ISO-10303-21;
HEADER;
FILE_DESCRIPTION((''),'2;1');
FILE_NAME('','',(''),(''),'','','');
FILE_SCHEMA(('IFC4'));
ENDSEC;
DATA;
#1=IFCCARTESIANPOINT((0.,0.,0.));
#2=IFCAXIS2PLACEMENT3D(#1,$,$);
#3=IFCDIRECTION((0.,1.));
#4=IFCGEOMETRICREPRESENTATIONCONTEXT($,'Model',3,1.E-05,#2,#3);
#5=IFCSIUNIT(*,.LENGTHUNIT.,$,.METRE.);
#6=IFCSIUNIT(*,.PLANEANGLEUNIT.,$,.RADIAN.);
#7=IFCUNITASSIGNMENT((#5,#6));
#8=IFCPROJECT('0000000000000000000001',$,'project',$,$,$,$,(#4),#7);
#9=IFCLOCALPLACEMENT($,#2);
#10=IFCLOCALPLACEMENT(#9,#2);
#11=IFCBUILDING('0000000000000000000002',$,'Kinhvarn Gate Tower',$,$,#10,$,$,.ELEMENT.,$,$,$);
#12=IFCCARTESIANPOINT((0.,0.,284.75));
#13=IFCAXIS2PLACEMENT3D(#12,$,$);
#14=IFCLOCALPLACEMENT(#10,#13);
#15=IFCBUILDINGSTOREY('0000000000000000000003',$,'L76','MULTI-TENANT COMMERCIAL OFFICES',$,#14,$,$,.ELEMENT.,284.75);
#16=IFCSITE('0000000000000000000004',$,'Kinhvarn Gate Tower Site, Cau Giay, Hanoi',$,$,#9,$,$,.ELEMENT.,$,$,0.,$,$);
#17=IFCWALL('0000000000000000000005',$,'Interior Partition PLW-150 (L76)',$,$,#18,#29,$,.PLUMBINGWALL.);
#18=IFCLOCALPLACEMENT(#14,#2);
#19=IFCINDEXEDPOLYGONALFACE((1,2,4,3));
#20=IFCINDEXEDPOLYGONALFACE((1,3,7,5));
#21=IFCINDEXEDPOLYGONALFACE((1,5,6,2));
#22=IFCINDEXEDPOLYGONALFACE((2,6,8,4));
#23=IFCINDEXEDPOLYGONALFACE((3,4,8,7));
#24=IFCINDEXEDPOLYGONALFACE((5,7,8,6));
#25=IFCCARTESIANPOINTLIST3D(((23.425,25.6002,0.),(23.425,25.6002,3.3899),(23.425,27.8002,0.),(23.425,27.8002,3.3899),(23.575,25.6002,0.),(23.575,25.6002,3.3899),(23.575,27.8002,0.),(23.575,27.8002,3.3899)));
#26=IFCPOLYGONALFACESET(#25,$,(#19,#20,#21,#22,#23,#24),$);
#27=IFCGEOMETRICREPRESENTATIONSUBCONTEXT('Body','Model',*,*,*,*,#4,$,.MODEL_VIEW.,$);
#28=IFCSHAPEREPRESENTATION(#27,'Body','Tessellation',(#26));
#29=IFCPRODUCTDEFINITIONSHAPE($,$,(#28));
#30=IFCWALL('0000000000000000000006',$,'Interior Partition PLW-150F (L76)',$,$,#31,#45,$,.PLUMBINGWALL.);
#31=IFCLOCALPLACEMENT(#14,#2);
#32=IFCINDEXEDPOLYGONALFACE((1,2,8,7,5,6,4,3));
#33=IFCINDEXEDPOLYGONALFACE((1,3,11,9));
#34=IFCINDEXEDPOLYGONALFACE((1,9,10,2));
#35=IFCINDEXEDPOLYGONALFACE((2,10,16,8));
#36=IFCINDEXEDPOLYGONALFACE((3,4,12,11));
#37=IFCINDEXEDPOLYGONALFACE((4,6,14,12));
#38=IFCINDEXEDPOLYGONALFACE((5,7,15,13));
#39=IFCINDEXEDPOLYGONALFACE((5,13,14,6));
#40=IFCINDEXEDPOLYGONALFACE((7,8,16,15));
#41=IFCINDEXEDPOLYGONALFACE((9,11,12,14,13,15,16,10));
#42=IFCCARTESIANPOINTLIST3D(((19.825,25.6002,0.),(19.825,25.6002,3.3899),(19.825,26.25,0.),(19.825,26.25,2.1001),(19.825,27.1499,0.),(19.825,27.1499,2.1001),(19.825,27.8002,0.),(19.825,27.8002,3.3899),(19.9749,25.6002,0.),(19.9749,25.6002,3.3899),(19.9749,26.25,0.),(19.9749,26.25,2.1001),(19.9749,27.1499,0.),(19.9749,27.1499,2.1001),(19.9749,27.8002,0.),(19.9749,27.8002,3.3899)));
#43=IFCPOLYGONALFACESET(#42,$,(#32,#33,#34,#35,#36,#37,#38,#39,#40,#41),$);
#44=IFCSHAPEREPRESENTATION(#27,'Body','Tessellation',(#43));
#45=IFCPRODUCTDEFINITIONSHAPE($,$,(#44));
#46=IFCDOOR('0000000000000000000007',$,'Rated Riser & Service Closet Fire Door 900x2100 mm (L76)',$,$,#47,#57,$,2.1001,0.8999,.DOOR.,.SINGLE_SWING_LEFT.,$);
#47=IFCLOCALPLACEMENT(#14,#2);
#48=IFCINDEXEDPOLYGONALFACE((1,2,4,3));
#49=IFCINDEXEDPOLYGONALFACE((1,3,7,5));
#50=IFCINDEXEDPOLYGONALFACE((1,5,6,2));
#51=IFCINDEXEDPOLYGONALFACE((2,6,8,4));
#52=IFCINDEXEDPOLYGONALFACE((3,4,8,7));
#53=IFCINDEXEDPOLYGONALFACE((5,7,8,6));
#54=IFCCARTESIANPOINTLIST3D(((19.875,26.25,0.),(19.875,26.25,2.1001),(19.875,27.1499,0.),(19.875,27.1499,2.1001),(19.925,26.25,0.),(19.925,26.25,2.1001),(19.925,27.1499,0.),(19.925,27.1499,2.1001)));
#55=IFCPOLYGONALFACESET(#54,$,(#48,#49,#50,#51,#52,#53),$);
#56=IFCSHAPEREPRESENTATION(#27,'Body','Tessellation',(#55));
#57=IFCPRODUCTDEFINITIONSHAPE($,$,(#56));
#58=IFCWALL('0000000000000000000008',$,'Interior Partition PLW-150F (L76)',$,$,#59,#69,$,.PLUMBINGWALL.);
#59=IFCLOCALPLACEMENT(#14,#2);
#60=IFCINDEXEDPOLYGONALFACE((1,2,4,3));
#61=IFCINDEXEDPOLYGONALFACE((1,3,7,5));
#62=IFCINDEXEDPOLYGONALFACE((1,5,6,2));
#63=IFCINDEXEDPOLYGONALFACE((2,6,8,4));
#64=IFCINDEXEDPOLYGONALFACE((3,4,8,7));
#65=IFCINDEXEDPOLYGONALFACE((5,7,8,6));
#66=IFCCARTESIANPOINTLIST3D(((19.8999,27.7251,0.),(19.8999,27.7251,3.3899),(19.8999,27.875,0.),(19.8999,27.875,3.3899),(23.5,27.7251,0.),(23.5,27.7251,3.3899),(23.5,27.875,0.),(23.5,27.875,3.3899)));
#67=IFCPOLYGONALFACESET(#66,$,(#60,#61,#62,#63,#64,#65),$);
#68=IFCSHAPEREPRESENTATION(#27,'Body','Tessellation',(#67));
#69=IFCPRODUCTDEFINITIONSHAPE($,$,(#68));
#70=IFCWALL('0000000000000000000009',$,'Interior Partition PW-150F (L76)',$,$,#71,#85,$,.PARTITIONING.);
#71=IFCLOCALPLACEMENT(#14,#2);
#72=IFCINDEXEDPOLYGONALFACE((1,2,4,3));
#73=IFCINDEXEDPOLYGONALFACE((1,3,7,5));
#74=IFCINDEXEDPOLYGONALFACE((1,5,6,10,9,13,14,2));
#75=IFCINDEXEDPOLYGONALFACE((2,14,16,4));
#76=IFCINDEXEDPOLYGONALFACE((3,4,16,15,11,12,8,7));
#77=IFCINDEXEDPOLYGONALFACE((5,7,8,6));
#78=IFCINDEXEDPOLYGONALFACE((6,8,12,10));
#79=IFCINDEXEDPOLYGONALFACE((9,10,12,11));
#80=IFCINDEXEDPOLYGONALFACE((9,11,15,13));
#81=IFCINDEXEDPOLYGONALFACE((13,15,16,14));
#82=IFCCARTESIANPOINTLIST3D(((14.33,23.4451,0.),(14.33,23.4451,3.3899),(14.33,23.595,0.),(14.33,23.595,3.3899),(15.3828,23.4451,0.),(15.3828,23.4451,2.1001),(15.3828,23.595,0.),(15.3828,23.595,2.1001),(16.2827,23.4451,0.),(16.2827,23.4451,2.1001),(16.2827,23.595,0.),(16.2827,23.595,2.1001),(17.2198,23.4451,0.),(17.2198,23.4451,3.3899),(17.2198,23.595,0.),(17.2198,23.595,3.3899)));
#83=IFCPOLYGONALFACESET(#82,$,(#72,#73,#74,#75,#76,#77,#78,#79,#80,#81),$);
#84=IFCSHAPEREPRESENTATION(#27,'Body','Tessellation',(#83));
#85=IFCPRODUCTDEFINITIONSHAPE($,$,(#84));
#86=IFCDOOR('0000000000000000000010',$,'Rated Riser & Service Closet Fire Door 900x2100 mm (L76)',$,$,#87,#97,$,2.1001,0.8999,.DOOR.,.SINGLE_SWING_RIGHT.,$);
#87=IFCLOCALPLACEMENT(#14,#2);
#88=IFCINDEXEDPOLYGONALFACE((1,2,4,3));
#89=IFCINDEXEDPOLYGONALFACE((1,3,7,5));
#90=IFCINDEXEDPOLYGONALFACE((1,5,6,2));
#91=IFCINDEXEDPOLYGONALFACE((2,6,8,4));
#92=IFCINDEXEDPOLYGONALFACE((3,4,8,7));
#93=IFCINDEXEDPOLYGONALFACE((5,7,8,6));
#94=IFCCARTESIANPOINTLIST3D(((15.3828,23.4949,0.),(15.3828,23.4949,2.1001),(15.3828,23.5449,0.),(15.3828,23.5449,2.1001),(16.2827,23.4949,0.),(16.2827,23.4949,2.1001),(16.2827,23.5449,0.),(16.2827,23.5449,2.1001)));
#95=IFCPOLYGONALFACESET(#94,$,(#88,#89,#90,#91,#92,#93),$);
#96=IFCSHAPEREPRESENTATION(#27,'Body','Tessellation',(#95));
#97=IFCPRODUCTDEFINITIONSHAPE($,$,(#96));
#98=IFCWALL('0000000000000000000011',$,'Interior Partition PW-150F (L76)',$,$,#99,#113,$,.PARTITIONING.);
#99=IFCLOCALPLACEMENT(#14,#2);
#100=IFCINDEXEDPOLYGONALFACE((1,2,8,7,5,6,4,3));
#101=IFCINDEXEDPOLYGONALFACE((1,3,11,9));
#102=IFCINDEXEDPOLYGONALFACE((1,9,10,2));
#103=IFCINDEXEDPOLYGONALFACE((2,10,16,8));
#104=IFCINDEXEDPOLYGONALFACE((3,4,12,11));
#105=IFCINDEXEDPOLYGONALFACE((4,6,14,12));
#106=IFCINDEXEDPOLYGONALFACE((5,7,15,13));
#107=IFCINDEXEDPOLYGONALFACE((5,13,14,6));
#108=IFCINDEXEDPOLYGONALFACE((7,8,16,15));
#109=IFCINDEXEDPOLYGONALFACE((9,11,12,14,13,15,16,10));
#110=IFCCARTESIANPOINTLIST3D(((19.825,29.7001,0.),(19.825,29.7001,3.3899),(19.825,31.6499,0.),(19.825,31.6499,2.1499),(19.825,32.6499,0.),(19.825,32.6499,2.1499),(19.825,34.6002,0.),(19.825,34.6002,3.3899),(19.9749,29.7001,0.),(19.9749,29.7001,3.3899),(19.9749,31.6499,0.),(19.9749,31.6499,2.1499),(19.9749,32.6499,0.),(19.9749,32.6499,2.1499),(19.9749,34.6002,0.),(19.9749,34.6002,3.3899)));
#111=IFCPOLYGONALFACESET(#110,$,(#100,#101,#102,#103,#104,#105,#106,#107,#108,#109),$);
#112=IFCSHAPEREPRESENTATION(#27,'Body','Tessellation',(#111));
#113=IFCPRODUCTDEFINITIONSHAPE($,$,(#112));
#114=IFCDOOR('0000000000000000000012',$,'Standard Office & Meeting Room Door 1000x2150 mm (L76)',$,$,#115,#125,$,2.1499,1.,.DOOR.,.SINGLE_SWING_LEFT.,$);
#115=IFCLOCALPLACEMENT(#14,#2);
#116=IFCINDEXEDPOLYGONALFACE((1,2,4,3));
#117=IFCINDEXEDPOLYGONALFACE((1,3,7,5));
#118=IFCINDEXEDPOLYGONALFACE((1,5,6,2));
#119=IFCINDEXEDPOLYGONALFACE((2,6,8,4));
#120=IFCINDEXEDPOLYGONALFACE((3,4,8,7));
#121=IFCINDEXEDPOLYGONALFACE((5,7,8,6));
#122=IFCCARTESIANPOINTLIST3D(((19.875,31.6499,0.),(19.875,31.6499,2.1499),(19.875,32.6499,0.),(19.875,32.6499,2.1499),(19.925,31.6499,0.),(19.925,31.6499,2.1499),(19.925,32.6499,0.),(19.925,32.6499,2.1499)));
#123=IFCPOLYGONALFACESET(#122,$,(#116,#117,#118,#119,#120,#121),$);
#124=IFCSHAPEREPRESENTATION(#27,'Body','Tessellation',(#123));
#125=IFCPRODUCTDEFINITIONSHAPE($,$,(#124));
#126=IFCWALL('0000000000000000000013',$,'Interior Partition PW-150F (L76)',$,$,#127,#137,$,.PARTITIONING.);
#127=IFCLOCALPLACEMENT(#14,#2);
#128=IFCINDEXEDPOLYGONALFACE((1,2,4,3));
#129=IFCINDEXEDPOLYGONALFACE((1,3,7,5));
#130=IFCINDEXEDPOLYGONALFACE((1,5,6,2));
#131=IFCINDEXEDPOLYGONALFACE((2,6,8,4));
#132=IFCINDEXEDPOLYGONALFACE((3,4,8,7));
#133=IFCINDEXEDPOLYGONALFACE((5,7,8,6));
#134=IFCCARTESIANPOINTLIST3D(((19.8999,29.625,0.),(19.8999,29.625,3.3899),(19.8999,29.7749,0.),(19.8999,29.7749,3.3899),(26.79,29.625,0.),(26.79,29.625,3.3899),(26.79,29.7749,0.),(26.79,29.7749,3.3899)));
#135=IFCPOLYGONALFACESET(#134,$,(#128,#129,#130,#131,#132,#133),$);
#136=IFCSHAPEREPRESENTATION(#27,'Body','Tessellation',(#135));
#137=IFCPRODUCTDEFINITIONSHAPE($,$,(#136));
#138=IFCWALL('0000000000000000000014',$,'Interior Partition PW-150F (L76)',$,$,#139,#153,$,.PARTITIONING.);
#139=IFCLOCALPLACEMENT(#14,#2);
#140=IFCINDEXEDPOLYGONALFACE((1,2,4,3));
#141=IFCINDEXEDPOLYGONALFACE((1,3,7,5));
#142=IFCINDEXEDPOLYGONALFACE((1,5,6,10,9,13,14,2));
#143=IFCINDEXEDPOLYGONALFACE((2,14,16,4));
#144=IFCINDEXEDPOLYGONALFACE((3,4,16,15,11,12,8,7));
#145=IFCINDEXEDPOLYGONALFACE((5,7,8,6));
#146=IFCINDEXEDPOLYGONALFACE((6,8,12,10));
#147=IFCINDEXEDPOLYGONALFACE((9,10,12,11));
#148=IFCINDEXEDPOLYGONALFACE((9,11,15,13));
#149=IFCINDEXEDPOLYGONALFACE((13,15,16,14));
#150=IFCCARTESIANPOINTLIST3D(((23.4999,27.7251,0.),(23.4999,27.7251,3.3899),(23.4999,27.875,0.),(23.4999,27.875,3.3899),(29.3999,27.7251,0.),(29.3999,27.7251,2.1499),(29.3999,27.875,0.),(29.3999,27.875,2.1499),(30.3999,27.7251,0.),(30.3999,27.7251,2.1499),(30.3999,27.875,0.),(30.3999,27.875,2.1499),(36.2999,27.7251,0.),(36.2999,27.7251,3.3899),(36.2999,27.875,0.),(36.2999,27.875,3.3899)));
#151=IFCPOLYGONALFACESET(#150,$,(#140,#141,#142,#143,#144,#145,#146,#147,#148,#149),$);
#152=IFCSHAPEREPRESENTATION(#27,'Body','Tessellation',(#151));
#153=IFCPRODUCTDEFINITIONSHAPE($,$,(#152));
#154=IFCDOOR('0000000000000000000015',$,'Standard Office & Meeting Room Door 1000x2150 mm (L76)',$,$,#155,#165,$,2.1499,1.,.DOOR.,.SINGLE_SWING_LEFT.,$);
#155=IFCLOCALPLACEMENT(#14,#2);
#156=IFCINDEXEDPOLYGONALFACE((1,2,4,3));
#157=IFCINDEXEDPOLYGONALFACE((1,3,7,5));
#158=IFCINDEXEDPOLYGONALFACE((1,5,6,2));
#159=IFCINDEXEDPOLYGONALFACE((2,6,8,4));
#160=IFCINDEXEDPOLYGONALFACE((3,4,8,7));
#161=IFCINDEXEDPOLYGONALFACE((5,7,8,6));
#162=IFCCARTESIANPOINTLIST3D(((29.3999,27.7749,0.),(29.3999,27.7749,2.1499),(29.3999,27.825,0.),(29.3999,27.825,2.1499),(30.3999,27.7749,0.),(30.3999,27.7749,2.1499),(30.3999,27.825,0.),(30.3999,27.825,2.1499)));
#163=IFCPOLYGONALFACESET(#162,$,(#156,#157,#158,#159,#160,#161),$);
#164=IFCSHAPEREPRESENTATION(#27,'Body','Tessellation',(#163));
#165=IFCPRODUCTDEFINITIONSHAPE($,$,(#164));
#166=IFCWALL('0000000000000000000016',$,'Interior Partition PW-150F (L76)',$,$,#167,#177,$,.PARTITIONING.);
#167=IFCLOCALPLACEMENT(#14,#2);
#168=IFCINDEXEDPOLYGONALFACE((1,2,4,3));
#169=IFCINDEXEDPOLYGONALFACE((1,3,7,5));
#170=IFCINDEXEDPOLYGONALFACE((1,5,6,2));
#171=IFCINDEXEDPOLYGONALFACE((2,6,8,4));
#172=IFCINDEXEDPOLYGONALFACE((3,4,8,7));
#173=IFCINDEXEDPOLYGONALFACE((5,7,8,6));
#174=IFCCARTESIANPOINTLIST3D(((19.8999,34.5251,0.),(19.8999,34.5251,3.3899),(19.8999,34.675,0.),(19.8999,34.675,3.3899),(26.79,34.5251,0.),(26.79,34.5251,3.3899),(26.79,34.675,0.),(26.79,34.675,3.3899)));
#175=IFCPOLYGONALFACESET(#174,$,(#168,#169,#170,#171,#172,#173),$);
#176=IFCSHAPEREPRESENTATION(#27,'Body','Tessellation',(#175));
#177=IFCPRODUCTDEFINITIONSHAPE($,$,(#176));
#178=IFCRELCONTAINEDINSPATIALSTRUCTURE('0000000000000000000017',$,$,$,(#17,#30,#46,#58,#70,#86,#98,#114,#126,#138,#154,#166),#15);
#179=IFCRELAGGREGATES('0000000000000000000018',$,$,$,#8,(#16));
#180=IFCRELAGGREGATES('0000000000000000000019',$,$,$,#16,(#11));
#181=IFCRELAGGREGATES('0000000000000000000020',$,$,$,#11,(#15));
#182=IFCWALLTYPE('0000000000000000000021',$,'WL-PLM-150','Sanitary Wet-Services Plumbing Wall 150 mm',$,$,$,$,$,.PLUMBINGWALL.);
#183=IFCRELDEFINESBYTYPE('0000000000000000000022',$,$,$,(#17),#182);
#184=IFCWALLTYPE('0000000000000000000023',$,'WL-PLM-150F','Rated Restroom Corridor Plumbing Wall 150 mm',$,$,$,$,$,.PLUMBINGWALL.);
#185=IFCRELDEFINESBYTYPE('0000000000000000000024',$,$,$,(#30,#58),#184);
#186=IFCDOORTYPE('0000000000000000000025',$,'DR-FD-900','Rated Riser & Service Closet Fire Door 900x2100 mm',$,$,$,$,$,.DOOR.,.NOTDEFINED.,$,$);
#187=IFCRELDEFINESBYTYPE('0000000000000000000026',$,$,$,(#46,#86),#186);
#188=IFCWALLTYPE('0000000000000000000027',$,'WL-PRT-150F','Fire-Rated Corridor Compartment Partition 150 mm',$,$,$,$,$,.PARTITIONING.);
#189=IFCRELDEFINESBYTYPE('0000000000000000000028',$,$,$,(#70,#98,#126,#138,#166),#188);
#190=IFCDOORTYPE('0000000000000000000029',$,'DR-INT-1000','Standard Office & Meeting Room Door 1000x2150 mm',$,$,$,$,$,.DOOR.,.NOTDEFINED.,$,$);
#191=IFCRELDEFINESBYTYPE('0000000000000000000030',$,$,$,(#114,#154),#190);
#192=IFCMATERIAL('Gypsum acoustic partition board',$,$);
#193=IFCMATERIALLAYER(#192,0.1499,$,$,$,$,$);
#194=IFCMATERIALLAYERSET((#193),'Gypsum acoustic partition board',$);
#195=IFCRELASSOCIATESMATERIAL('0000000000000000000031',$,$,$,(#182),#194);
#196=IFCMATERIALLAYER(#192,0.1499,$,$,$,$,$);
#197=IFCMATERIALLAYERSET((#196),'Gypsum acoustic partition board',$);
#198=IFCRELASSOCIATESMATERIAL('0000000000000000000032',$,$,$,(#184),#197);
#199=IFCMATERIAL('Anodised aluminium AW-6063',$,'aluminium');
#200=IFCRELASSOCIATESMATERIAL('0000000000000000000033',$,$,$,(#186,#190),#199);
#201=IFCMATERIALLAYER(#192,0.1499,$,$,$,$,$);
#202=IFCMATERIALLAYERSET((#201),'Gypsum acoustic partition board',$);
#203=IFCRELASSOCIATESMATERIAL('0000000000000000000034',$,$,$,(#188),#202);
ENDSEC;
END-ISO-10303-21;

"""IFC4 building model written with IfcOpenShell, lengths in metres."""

from ifc_helpers import new_model, si_unit, direction, frame, frame_2d, origin, place, context, subcontext, project, spatial, rectangle, extrude, material, layer, layer_set, type_object, element, fill, save


model = new_model("IFC4")

# Units and contexts
model_context = context("Model", 3, precision=1e-05, world=origin(), true_north=direction((0.0, 1.0)))
body_context = subcontext(model_context, "Body", "Model", "MODEL_VIEW")
ifc_project = project(units=[si_unit("LENGTHUNIT", "METRE"), si_unit("PLANEANGLEUNIT", "RADIAN")], contexts=[model_context])

# Site, building, storey
site_placement = place(None, origin())
site = spatial("IfcSite", under=ifc_project, at=site_placement, Name="Kinhvarn Gate Tower Site, Cau Giay, Hanoi", CompositionType="ELEMENT", RefElevation=0.0)
building_placement = place(site_placement, origin())
building = spatial("IfcBuilding", under=site, at=building_placement, Name="Kinhvarn Gate Tower", CompositionType="ELEMENT")
storey_placement = place(building_placement, frame((0.0, 0.0, 284.75)))
storey = spatial("IfcBuildingStorey", under=building, at=storey_placement, Name="L76", Description="MULTI-TENANT COMMERCIAL OFFICES", CompositionType="ELEMENT", Elevation=284.75)

# Shared definitions
ifc_material_1 = material(Name="Anodised aluminium AW-6063", Category="aluminium")

# Wall
ifc_material_2 = material(Name="Gypsum acoustic partition board")
ifc_layer_1 = layer(ifc_material_2, 0.1499)
ifc_layer_set_1 = layer_set([ifc_layer_1], Name="Gypsum acoustic partition board")
wall_type_1 = type_object("IfcWallType", Name="WL-PLM-150", Description="Sanitary Wet-Services Plumbing Wall 150 mm", PredefinedType="PLUMBINGWALL", material=ifc_layer_set_1)
wall_1_placement = place(storey_placement, frame((23.5, 25.6001, 0.0), z_axis=(0.0, 0.0, 1.0), x_axis=(0.0, 1.0, 0.0)))
element("IfcWall", 1, at=wall_1_placement, inside=storey, type_object=wall_type_1, Name="Interior Partition PLW-150 (L76)", PredefinedType="PLUMBINGWALL", context=body_context, shape_type="SweptSolid", body=[
    extrude(rectangle(XDim=2.2, YDim=0.1499, at=frame_2d((1.1001, 0.0))), origin(), (0.0, 0.0, 1.0), 3.3899),
])

# Wall, opening, door
ifc_layer_2 = layer(ifc_material_2, 0.1499)
ifc_layer_set_2 = layer_set([ifc_layer_2], Name="Gypsum acoustic partition board")
wall_type_2 = type_object("IfcWallType", Name="WL-PLM-150F", Description="Rated Restroom Corridor Plumbing Wall 150 mm", PredefinedType="PLUMBINGWALL", material=ifc_layer_set_2)
wall_2_placement = place(storey_placement, frame((19.8999, 25.6001, 0.0), z_axis=(0.0, 0.0, 1.0), x_axis=(0.0, 1.0, 0.0)))
wall_2 = element("IfcWall", 2, at=wall_2_placement, inside=storey, type_object=wall_type_2, Name="Interior Partition PLW-150F (L76)", PredefinedType="PLUMBINGWALL", context=body_context, shape_type="SweptSolid", body=[
    extrude(rectangle(XDim=2.2, YDim=0.1499, at=frame_2d((1.1001, 0.0))), origin(), (0.0, 0.0, 1.0), 3.3899),
])
opening_1_placement = place(wall_2_placement, frame((0.6499, 0.0, 0.0)))
opening_1 = element("IfcOpeningElement", 3, at=opening_1_placement, cuts=wall_2, PredefinedType="OPENING", context=body_context, shape_type="SweptSolid", body=[
    extrude(rectangle(XDim=0.8999, YDim=2.1001, at=frame_2d((0.45, 1.05))), frame((0.0, 0.085, 0.0), z_axis=(0.0, -1.0, 0.0), x_axis=(1.0, 0.0, 0.0)), (0.0, 0.0, 1.0), 0.1699),
])
door_type_1 = type_object("IfcDoorType", Name="DR-FD-900", Description="Rated Riser & Service Closet Fire Door 900x2100 mm", OperationType="NOTDEFINED", PredefinedType="DOOR", material=ifc_material_1)
door_1_placement = place(opening_1_placement, origin())
door_1 = element("IfcDoor", 4, at=door_1_placement, inside=storey, type_object=door_type_1, Name="Rated Riser & Service Closet Fire Door 900x2100 mm (L76)", OperationType="SINGLE_SWING_LEFT", OverallHeight=2.1001, OverallWidth=0.8999, PredefinedType="DOOR", context=body_context, shape_type="SweptSolid", body=[
    extrude(rectangle(XDim=0.8999, YDim=2.1001, at=frame_2d((0.45, 1.05))), frame((0.0, 0.0249, 0.0), z_axis=(0.0, -1.0, 0.0), x_axis=(1.0, 0.0, 0.0)), (0.0, 0.0, 1.0), 0.05),
])
fill(opening_1, door_1)

# Wall
wall_3_placement = place(storey_placement, frame((19.8999, 27.8, 0.0), z_axis=(0.0, 0.0, 1.0), x_axis=(1.0, 0.0, 0.0)))
element("IfcWall", 5, at=wall_3_placement, inside=storey, type_object=wall_type_2, Name="Interior Partition PLW-150F (L76)", PredefinedType="PLUMBINGWALL", context=body_context, shape_type="SweptSolid", body=[
    extrude(rectangle(XDim=3.6001, YDim=0.1499, at=frame_2d((1.8, 0.0))), origin(), (0.0, 0.0, 1.0), 3.3899),
])

# Walls, openings, doors
ifc_layer_3 = layer(ifc_material_2, 0.1499)
ifc_layer_set_3 = layer_set([ifc_layer_3], Name="Gypsum acoustic partition board")
wall_type_3 = type_object("IfcWallType", Name="WL-PRT-150F", Description="Fire-Rated Corridor Compartment Partition 150 mm", PredefinedType="PARTITIONING", material=ifc_layer_set_3)
wall_4_placement = place(storey_placement, frame((14.3301, 23.52, 0.0), z_axis=(0.0, 0.0, 1.0), x_axis=(1.0, 0.0, 0.0)))
wall_4 = element("IfcWall", 6, at=wall_4_placement, inside=storey, type_object=wall_type_3, Name="Interior Partition PW-150F (L76)", PredefinedType="PARTITIONING", context=body_context, shape_type="SweptSolid", body=[
    extrude(rectangle(XDim=2.8899, YDim=0.1499, at=frame_2d((1.4448, 0.0))), origin(), (0.0, 0.0, 1.0), 3.3899),
])
opening_2_placement = place(wall_4_placement, frame((1.0527, 0.0, 0.0)))
opening_2 = element("IfcOpeningElement", 7, at=opening_2_placement, cuts=wall_4, PredefinedType="OPENING", context=body_context, shape_type="SweptSolid", body=[
    extrude(rectangle(XDim=0.8999, YDim=2.1001, at=frame_2d((0.45, 1.05))), frame((0.0, 0.085, 0.0), z_axis=(0.0, -1.0, 0.0), x_axis=(1.0, 0.0, 0.0)), (0.0, 0.0, 1.0), 0.1699),
])
door_2_placement = place(opening_2_placement, origin())
door_2 = element("IfcDoor", 8, at=door_2_placement, inside=storey, type_object=door_type_1, Name="Rated Riser & Service Closet Fire Door 900x2100 mm (L76)", OperationType="SINGLE_SWING_RIGHT", OverallHeight=2.1001, OverallWidth=0.8999, PredefinedType="DOOR", context=body_context, shape_type="SweptSolid", body=[
    extrude(rectangle(XDim=0.8999, YDim=2.1001, at=frame_2d((0.45, 1.05))), frame((0.0, 0.0249, 0.0), z_axis=(0.0, -1.0, 0.0), x_axis=(1.0, 0.0, 0.0)), (0.0, 0.0, 1.0), 0.05),
])
fill(opening_2, door_2)
wall_5_placement = place(storey_placement, frame((19.8999, 29.7, 0.0), z_axis=(0.0, 0.0, 1.0), x_axis=(0.0, 1.0, 0.0)))
wall_5 = element("IfcWall", 9, at=wall_5_placement, inside=storey, type_object=wall_type_3, Name="Interior Partition PW-150F (L76)", PredefinedType="PARTITIONING", context=body_context, shape_type="SweptSolid", body=[
    extrude(rectangle(XDim=4.9001, YDim=0.1499, at=frame_2d((2.4502, 0.0))), origin(), (0.0, 0.0, 1.0), 3.3899),
])
opening_3_placement = place(wall_5_placement, frame((1.95, 0.0, 0.0)))
opening_3 = element("IfcOpeningElement", 10, at=opening_3_placement, cuts=wall_5, PredefinedType="OPENING", context=body_context, shape_type="SweptSolid", body=[
    extrude(rectangle(XDim=1.0, YDim=2.1499, at=frame_2d((0.5, 1.075))), frame((0.0, 0.085, 0.0), z_axis=(0.0, -1.0, 0.0), x_axis=(1.0, 0.0, 0.0)), (0.0, 0.0, 1.0), 0.1699),
])
door_type_2 = type_object("IfcDoorType", Name="DR-INT-1000", Description="Standard Office & Meeting Room Door 1000x2150 mm", OperationType="NOTDEFINED", PredefinedType="DOOR", material=ifc_material_1)
door_3_placement = place(opening_3_placement, origin())
door_3 = element("IfcDoor", 11, at=door_3_placement, inside=storey, type_object=door_type_2, Name="Standard Office & Meeting Room Door 1000x2150 mm (L76)", OperationType="SINGLE_SWING_LEFT", OverallHeight=2.1499, OverallWidth=1.0, PredefinedType="DOOR", context=body_context, shape_type="SweptSolid", body=[
    extrude(rectangle(XDim=1.0, YDim=2.1499, at=frame_2d((0.5, 1.075))), frame((0.0, 0.0249, 0.0), z_axis=(0.0, -1.0, 0.0), x_axis=(1.0, 0.0, 0.0)), (0.0, 0.0, 1.0), 0.05),
])
fill(opening_3, door_3)

# Wall
wall_6_placement = place(storey_placement, frame((19.8999, 29.7, 0.0), z_axis=(0.0, 0.0, 1.0), x_axis=(1.0, 0.0, 0.0)))
element("IfcWall", 12, at=wall_6_placement, inside=storey, type_object=wall_type_3, Name="Interior Partition PW-150F (L76)", PredefinedType="PARTITIONING", context=body_context, shape_type="SweptSolid", body=[
    extrude(rectangle(XDim=6.8901, YDim=0.1499, at=frame_2d((3.4451, 0.0))), origin(), (0.0, 0.0, 1.0), 3.3899),
])

# Wall, opening, door
wall_7_placement = place(storey_placement, frame((23.5, 27.8, 0.0), z_axis=(0.0, 0.0, 1.0), x_axis=(1.0, 0.0, 0.0)))
wall_7 = element("IfcWall", 13, at=wall_7_placement, inside=storey, type_object=wall_type_3, Name="Interior Partition PW-150F (L76)", PredefinedType="PARTITIONING", context=body_context, shape_type="SweptSolid", body=[
    extrude(rectangle(XDim=12.8, YDim=0.1499, at=frame_2d((6.3999, 0.0))), origin(), (0.0, 0.0, 1.0), 3.3899),
])
opening_4_placement = place(wall_7_placement, frame((5.8999, 0.0, 0.0)))
opening_4 = element("IfcOpeningElement", 14, at=opening_4_placement, cuts=wall_7, PredefinedType="OPENING", context=body_context, shape_type="SweptSolid", body=[
    extrude(rectangle(XDim=1.0, YDim=2.1499, at=frame_2d((0.5, 1.075))), frame((0.0, 0.085, 0.0), z_axis=(0.0, -1.0, 0.0), x_axis=(1.0, 0.0, 0.0)), (0.0, 0.0, 1.0), 0.1699),
])
door_4_placement = place(opening_4_placement, origin())
door_4 = element("IfcDoor", 15, at=door_4_placement, inside=storey, type_object=door_type_2, Name="Standard Office & Meeting Room Door 1000x2150 mm (L76)", OperationType="SINGLE_SWING_LEFT", OverallHeight=2.1499, OverallWidth=1.0, PredefinedType="DOOR", context=body_context, shape_type="SweptSolid", body=[
    extrude(rectangle(XDim=1.0, YDim=2.1499, at=frame_2d((0.5, 1.075))), frame((0.0, 0.0249, 0.0), z_axis=(0.0, -1.0, 0.0), x_axis=(1.0, 0.0, 0.0)), (0.0, 0.0, 1.0), 0.05),
])
fill(opening_4, door_4)

# Wall
wall_8_placement = place(storey_placement, frame((19.8999, 34.6001, 0.0), z_axis=(0.0, 0.0, 1.0), x_axis=(1.0, 0.0, 0.0)))
element("IfcWall", 16, at=wall_8_placement, inside=storey, type_object=wall_type_3, Name="Interior Partition PW-150F (L76)", PredefinedType="PARTITIONING", context=body_context, shape_type="SweptSolid", body=[
    extrude(rectangle(XDim=6.8901, YDim=0.1499, at=frame_2d((3.4451, 0.0))), origin(), (0.0, 0.0, 1.0), 3.3899),
])

save(model, "model.ifc")
